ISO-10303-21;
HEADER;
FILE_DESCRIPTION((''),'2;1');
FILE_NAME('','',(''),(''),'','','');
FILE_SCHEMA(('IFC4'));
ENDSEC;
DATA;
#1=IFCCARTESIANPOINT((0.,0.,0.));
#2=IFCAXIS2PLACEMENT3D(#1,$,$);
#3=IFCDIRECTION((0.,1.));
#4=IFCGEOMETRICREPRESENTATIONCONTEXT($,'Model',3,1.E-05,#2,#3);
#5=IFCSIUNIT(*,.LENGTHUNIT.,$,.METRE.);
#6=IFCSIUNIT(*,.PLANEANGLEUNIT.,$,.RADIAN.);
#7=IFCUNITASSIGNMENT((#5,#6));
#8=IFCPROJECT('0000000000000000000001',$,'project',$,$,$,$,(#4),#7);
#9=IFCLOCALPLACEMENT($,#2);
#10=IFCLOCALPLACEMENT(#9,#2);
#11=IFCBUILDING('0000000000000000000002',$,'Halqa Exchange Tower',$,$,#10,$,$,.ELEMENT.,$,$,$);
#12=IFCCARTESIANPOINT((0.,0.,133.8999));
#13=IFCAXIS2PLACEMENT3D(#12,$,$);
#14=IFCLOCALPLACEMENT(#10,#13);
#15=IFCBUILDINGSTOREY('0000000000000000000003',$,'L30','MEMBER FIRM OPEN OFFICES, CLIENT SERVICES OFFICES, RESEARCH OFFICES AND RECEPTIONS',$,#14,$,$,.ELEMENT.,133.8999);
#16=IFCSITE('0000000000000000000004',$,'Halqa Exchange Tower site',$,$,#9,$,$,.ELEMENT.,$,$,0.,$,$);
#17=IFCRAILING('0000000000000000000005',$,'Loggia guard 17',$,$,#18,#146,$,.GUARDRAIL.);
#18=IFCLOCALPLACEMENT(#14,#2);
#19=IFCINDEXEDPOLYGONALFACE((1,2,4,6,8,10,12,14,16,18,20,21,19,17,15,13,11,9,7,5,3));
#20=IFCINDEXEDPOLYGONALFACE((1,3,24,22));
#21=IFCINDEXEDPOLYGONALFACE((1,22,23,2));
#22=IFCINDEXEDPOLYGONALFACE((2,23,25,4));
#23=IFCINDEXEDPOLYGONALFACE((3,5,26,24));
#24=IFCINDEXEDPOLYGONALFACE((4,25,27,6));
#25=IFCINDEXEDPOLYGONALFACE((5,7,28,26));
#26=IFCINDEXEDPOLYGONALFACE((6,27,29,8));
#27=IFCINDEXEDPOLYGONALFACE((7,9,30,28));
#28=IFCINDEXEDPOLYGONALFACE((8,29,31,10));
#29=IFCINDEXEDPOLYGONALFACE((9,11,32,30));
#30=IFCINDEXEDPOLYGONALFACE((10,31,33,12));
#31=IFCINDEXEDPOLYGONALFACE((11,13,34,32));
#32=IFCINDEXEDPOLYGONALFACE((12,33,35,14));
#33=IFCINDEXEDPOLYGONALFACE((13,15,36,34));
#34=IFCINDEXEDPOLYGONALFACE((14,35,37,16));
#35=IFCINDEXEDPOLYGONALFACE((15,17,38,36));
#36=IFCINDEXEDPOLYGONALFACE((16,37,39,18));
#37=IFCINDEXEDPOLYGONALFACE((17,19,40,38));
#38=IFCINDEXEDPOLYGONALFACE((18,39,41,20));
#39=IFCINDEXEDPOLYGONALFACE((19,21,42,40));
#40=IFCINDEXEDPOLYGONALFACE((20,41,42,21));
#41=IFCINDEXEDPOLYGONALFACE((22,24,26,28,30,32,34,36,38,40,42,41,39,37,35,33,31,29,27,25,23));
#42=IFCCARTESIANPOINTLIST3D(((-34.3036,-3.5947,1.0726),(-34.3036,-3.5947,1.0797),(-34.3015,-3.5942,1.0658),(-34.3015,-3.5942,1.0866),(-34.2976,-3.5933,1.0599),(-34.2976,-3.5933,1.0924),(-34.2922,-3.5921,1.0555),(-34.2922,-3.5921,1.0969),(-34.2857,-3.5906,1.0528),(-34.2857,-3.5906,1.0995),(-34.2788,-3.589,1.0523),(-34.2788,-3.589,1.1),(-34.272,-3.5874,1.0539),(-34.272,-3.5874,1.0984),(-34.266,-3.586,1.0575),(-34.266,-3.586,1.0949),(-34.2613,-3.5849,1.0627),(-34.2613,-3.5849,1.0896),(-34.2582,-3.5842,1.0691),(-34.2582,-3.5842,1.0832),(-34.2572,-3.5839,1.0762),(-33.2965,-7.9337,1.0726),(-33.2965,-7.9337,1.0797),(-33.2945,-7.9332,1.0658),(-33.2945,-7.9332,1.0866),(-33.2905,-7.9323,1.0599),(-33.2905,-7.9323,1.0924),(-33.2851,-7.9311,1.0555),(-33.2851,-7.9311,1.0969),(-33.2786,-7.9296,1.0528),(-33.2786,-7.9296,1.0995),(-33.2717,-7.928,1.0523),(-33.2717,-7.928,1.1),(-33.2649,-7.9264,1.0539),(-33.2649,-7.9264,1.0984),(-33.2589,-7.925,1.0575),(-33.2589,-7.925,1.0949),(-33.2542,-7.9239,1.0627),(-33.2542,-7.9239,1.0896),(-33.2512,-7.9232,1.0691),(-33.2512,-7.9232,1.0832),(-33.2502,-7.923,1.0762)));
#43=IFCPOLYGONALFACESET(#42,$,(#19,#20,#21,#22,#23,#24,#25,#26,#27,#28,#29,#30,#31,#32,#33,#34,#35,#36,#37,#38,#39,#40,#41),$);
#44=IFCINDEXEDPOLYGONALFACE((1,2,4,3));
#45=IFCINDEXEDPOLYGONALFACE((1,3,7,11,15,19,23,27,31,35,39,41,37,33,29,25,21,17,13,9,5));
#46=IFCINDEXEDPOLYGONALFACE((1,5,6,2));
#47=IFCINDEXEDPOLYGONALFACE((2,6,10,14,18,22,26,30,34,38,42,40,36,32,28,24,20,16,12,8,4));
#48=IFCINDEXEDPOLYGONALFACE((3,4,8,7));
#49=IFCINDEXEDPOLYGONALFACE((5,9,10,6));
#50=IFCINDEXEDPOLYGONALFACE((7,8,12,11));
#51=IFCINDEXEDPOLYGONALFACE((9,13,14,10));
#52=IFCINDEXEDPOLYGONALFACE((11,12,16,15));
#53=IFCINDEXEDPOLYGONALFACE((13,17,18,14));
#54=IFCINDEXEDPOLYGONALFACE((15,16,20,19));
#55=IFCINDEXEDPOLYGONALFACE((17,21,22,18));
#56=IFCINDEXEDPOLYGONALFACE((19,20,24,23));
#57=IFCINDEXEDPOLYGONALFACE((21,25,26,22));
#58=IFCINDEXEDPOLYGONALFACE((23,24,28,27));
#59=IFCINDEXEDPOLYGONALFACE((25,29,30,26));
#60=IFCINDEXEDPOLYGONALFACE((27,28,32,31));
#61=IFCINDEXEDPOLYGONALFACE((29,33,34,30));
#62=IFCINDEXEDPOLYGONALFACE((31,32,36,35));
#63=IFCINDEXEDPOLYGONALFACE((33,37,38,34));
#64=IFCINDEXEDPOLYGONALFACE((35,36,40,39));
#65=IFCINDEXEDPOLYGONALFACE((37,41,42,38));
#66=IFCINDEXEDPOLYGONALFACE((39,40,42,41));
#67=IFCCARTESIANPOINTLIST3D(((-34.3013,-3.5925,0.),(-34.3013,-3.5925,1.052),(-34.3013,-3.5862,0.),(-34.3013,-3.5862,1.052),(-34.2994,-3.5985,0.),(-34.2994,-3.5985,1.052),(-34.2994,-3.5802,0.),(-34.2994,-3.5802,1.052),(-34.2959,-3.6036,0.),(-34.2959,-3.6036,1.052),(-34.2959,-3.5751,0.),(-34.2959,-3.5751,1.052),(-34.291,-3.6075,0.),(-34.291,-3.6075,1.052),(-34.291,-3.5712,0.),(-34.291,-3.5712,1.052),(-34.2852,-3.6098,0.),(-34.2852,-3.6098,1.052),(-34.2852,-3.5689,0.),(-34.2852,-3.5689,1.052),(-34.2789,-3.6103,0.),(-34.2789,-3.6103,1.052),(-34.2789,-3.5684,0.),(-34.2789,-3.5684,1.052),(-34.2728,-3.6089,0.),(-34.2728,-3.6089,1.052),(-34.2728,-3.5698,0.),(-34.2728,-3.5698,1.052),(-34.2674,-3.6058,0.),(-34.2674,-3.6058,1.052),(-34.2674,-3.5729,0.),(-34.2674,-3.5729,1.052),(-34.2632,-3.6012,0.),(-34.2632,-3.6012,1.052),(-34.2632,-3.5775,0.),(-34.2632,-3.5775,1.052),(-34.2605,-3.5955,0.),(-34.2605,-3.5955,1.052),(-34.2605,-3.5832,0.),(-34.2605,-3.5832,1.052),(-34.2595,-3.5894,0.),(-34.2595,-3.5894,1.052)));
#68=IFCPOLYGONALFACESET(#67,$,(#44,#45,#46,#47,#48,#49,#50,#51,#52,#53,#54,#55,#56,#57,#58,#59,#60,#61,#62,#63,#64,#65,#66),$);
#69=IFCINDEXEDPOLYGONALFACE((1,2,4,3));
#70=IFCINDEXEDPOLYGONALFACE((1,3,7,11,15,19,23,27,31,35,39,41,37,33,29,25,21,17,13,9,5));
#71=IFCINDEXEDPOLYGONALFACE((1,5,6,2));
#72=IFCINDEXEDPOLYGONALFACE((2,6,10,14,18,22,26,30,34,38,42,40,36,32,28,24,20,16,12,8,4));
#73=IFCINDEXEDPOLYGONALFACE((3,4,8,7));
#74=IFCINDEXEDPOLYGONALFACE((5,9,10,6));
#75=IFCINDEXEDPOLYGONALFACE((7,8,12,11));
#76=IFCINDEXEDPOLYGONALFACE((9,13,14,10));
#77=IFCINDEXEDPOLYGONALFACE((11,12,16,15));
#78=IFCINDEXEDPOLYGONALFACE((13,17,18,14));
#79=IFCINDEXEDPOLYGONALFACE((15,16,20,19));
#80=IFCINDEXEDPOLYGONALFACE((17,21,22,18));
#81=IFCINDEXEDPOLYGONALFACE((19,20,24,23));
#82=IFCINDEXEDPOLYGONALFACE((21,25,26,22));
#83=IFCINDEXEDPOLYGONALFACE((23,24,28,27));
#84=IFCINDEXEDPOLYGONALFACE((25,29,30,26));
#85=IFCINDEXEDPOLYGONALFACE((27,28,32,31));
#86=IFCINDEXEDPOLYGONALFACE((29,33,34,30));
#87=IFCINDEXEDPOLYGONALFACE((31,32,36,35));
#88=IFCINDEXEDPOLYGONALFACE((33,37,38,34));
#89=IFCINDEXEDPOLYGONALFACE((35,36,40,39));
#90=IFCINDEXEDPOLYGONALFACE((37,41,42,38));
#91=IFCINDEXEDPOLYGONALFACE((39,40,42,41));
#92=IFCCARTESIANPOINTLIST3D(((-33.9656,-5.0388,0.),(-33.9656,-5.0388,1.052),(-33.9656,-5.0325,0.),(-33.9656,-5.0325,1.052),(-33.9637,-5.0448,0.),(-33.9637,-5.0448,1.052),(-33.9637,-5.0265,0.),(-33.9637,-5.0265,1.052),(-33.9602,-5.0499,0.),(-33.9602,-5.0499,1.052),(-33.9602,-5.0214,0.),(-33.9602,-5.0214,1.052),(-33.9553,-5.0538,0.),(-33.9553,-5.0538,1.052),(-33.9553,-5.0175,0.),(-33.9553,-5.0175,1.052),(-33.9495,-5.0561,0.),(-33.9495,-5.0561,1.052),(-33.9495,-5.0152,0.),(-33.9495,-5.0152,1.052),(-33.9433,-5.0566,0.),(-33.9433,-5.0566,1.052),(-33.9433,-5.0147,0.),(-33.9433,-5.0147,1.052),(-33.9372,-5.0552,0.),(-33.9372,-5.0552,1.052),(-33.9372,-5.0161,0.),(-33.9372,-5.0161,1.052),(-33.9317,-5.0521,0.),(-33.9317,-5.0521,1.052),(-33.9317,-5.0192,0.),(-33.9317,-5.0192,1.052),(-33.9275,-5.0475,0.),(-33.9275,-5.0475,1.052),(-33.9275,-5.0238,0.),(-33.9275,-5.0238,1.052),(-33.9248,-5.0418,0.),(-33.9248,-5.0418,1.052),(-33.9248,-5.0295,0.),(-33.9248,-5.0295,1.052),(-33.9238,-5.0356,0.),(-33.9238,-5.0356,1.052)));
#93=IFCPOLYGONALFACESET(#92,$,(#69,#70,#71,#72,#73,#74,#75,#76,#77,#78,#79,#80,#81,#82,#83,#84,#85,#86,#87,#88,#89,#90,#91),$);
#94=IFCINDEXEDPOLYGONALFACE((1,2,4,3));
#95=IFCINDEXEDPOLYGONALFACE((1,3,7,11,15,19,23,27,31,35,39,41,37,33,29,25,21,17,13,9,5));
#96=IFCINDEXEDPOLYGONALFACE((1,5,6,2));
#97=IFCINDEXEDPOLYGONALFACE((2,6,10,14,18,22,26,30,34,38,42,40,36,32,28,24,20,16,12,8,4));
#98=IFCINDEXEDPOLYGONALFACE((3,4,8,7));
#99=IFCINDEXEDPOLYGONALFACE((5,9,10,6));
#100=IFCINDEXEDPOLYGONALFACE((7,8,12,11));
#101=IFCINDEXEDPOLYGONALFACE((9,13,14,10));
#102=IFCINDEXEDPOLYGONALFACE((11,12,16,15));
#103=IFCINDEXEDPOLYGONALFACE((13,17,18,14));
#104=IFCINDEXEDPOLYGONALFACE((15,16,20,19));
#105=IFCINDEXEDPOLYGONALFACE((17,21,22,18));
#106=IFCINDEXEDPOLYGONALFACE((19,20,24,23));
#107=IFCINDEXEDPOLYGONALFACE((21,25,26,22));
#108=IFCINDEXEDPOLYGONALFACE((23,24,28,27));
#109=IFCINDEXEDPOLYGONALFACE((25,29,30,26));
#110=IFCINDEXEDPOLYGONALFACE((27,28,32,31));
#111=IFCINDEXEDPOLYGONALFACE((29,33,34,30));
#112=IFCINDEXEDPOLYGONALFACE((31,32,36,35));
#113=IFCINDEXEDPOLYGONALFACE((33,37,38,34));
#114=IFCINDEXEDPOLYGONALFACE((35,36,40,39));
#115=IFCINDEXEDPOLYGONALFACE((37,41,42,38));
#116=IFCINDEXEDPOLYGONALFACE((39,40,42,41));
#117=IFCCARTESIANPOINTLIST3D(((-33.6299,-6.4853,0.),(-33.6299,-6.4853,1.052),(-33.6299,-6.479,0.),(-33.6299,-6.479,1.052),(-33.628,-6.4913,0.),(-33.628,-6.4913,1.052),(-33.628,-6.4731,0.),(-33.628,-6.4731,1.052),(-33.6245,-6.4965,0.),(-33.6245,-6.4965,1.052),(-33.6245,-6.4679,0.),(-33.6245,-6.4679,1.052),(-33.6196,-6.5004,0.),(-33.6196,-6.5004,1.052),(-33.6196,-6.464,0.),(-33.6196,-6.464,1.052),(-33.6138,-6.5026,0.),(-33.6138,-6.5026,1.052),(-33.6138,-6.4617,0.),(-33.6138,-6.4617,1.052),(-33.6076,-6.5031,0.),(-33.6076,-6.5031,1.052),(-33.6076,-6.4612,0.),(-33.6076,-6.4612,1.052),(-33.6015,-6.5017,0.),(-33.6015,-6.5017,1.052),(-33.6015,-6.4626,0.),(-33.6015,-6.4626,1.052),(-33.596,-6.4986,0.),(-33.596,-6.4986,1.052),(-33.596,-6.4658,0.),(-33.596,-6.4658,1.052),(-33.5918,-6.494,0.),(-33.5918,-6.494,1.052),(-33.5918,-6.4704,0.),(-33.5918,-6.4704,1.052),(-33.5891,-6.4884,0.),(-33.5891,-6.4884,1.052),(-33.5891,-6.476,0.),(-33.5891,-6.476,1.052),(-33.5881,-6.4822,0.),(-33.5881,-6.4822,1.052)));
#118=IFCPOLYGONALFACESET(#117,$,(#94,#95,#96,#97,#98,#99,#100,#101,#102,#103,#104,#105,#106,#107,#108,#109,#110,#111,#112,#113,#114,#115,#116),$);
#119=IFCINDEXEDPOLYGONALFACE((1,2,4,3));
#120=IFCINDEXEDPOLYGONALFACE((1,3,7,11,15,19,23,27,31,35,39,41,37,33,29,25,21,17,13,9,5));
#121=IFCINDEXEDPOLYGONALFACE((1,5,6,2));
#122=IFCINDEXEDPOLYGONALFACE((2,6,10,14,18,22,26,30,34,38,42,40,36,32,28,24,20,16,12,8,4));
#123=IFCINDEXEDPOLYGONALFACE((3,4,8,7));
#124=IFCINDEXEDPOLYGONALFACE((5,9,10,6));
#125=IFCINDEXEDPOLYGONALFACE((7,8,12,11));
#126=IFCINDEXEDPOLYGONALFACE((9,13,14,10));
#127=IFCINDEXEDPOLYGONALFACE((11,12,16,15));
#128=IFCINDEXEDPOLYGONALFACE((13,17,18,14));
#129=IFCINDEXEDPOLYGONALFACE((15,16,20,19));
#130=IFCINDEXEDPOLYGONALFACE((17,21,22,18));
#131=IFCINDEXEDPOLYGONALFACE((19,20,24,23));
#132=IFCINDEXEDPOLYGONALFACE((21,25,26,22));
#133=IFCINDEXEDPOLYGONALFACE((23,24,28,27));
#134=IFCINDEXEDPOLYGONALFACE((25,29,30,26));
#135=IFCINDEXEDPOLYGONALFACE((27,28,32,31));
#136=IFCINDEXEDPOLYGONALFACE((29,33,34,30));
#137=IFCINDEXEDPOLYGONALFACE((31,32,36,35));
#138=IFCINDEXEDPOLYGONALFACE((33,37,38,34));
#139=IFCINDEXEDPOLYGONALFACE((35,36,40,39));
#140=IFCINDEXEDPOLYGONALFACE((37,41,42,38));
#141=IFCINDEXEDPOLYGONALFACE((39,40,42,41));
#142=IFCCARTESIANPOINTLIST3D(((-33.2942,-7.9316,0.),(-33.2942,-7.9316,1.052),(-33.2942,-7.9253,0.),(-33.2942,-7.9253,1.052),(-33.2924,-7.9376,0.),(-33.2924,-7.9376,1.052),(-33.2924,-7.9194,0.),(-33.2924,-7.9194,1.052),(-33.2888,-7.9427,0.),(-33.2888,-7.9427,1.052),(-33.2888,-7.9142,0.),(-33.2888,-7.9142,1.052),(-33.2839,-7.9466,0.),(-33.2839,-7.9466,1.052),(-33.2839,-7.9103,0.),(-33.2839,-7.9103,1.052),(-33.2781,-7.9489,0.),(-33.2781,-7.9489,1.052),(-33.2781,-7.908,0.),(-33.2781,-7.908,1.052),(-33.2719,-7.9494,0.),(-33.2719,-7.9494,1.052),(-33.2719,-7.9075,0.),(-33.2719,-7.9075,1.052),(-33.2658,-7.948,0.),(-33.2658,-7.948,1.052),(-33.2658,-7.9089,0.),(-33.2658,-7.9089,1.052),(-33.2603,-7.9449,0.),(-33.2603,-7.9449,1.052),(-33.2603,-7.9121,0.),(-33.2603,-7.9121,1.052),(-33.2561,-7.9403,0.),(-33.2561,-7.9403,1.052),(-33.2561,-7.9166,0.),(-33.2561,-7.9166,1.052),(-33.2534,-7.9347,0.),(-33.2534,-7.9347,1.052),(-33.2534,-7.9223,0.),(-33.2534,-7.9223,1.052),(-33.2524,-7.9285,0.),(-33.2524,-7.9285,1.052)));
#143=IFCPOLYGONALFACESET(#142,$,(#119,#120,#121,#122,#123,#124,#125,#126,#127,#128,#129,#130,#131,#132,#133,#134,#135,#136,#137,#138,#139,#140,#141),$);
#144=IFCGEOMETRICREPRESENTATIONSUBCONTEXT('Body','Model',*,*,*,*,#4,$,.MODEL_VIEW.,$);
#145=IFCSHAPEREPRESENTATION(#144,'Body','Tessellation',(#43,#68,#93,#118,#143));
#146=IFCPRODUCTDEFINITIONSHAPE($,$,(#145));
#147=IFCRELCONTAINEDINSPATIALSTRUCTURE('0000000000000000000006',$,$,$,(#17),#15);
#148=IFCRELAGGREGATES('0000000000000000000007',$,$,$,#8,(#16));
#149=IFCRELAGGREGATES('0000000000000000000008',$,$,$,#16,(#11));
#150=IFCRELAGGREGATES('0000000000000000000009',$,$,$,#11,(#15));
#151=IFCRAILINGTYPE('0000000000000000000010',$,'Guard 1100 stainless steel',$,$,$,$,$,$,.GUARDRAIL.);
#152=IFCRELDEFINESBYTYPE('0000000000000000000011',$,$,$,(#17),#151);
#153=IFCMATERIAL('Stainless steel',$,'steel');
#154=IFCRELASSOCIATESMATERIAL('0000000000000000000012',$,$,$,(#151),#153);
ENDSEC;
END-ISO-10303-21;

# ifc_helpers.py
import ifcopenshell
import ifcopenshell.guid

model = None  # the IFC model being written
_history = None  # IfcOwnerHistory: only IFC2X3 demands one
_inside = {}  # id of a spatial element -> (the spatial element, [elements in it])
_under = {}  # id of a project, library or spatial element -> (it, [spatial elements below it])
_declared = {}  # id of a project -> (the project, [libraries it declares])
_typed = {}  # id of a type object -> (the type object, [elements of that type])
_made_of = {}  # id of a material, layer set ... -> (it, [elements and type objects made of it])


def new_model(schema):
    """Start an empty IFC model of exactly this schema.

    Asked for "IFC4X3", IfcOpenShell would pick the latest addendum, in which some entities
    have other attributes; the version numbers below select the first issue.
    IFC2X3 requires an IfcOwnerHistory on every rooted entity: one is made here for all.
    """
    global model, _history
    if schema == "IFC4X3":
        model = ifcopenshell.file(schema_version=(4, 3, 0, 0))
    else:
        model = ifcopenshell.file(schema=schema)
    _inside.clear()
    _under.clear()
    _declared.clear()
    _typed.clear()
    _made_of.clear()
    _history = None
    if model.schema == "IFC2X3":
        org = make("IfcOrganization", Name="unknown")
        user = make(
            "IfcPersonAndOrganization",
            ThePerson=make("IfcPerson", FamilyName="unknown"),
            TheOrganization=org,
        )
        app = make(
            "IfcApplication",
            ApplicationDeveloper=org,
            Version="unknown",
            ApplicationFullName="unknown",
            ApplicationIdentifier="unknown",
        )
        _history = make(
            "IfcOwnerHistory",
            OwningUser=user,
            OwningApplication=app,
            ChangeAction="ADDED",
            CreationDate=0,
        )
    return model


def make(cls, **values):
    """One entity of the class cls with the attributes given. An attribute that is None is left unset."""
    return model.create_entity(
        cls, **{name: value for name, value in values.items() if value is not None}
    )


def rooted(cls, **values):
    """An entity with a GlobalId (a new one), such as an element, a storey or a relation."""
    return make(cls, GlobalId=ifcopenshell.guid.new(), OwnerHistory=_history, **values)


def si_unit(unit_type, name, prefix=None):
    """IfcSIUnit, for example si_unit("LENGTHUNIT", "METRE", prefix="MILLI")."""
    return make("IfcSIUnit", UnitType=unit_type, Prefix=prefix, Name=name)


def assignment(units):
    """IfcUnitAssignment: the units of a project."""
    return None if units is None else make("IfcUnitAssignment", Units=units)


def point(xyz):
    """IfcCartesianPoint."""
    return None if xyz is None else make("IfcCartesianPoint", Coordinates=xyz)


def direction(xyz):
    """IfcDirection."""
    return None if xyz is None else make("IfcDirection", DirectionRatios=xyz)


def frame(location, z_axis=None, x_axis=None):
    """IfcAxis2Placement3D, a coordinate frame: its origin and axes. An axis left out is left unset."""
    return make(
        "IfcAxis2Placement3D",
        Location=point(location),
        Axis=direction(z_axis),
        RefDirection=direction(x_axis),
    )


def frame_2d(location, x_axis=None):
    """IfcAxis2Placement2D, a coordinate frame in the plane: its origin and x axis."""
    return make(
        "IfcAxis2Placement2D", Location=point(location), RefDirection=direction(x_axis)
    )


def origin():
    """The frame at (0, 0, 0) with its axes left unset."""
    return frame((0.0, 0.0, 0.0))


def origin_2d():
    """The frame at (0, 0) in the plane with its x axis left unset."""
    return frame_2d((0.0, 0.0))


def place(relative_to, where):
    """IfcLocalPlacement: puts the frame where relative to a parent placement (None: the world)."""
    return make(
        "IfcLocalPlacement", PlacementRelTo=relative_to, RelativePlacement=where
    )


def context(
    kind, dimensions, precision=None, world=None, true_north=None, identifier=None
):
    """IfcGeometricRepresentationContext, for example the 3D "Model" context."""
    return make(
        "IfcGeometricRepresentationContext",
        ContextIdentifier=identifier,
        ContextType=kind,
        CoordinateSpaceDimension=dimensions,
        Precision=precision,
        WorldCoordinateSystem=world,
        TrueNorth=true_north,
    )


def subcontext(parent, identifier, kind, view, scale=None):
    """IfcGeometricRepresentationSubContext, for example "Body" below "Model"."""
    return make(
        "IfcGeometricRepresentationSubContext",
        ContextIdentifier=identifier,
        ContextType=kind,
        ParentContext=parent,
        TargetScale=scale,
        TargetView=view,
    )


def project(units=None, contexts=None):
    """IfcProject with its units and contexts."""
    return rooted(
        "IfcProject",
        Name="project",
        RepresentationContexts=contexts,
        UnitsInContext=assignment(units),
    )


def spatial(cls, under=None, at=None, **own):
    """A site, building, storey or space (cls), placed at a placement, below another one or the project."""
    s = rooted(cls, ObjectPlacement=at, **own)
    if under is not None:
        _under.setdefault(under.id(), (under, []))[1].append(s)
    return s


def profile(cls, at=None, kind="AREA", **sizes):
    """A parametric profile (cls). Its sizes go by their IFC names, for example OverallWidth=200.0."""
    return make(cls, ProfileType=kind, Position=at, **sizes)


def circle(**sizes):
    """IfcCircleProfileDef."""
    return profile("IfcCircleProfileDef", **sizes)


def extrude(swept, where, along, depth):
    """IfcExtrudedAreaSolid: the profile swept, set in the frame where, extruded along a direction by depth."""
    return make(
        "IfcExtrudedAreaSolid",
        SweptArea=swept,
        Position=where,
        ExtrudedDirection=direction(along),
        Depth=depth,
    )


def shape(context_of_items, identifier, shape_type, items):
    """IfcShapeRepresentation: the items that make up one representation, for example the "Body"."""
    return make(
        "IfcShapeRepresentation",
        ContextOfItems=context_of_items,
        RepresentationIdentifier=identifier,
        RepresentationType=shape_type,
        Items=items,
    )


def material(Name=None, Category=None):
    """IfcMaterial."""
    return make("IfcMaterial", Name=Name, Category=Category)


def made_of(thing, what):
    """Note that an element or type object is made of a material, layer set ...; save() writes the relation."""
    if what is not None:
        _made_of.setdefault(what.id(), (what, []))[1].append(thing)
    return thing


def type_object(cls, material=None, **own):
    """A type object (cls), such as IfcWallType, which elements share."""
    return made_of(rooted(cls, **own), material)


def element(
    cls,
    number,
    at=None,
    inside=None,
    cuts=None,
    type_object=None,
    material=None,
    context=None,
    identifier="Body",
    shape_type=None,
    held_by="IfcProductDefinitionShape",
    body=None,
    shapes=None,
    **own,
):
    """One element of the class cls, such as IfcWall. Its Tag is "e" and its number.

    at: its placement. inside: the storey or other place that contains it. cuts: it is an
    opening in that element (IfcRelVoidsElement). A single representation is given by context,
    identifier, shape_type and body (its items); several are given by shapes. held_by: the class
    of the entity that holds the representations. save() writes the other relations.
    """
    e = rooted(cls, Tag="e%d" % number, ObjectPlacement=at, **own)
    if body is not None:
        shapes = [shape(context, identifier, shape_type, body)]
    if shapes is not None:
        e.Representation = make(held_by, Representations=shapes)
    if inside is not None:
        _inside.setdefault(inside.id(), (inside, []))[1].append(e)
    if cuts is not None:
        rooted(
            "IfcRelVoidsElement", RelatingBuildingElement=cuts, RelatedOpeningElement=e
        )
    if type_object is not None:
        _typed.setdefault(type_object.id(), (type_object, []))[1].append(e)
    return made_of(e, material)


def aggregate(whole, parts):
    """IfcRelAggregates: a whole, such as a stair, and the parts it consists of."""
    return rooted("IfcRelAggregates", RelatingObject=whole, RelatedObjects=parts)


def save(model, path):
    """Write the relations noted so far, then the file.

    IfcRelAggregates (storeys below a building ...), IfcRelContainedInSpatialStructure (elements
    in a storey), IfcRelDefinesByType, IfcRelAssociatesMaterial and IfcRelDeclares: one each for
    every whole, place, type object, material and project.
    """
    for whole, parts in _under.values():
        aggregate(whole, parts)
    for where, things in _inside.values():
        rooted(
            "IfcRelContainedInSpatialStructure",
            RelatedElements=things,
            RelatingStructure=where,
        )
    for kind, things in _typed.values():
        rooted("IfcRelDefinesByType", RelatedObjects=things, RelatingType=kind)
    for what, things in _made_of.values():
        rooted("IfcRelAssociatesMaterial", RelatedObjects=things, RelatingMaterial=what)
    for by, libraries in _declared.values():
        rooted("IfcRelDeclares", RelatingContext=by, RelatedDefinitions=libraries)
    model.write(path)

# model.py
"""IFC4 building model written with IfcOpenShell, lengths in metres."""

from ifc_helpers import new_model, si_unit, direction, frame, origin, origin_2d, place, context, subcontext, project, spatial, circle, extrude, material, type_object, element, save


model = new_model("IFC4")

# Units and contexts
model_context = context("Model", 3, precision=1e-05, world=origin(), true_north=direction((0.0, 1.0)))
body_context = subcontext(model_context, "Body", "Model", "MODEL_VIEW")
ifc_project = project(units=[si_unit("LENGTHUNIT", "METRE"), si_unit("PLANEANGLEUNIT", "RADIAN")], contexts=[model_context])

# Site, building, storey
site_placement = place(None, origin())
site = spatial("IfcSite", under=ifc_project, at=site_placement, Name="Halqa Exchange Tower site", CompositionType="ELEMENT", RefElevation=0.0)
building_placement = place(site_placement, origin())
building = spatial("IfcBuilding", under=site, at=building_placement, Name="Halqa Exchange Tower", CompositionType="ELEMENT")
storey_placement = place(building_placement, frame((0.0, 0.0, 133.8999)))
storey = spatial("IfcBuildingStorey", under=building, at=storey_placement, Name="L30", Description="MEMBER FIRM OPEN OFFICES, CLIENT SERVICES OFFICES, RESEARCH OFFICES AND RECEPTIONS", CompositionType="ELEMENT", Elevation=133.8999)

# Railing
ifc_material_1 = material(Name="Stainless steel", Category="steel")
railing_type = type_object("IfcRailingType", Name="Guard 1100 stainless steel", PredefinedType="GUARDRAIL", material=ifc_material_1)
railing_1_placement = place(storey_placement, frame((-34.2805, -3.5894, 0.0)))
element("IfcRailing", 1, at=railing_1_placement, inside=storey, type_object=railing_type, Name="Loggia guard 17", PredefinedType="GUARDRAIL", context=body_context, shape_type="SweptSolid", body=[
    extrude(circle(Radius=0.0239, at=origin_2d()), frame((0.0, 0.0, 1.0762), z_axis=(0.226084, -0.974108, 0.0), x_axis=(0.974108, 0.226084, 0.0)), (0.0, 0.0, 1.0), 4.4543),
    extrude(circle(Radius=0.021, at=origin_2d()), origin(), (0.0, 0.0, 1.0), 1.052),
    extrude(circle(Radius=0.021, at=origin_2d()), frame((0.3357, -1.4463, 0.0)), (0.0, 0.0, 1.0), 1.052),
    extrude(circle(Radius=0.021, at=origin_2d()), frame((0.6714, -2.8928, 0.0)), (0.0, 0.0, 1.0), 1.052),
    extrude(circle(Radius=0.021, at=origin_2d()), frame((1.0071, -4.3391, 0.0)), (0.0, 0.0, 1.0), 1.052),
])

save(model, "model.ifc")
